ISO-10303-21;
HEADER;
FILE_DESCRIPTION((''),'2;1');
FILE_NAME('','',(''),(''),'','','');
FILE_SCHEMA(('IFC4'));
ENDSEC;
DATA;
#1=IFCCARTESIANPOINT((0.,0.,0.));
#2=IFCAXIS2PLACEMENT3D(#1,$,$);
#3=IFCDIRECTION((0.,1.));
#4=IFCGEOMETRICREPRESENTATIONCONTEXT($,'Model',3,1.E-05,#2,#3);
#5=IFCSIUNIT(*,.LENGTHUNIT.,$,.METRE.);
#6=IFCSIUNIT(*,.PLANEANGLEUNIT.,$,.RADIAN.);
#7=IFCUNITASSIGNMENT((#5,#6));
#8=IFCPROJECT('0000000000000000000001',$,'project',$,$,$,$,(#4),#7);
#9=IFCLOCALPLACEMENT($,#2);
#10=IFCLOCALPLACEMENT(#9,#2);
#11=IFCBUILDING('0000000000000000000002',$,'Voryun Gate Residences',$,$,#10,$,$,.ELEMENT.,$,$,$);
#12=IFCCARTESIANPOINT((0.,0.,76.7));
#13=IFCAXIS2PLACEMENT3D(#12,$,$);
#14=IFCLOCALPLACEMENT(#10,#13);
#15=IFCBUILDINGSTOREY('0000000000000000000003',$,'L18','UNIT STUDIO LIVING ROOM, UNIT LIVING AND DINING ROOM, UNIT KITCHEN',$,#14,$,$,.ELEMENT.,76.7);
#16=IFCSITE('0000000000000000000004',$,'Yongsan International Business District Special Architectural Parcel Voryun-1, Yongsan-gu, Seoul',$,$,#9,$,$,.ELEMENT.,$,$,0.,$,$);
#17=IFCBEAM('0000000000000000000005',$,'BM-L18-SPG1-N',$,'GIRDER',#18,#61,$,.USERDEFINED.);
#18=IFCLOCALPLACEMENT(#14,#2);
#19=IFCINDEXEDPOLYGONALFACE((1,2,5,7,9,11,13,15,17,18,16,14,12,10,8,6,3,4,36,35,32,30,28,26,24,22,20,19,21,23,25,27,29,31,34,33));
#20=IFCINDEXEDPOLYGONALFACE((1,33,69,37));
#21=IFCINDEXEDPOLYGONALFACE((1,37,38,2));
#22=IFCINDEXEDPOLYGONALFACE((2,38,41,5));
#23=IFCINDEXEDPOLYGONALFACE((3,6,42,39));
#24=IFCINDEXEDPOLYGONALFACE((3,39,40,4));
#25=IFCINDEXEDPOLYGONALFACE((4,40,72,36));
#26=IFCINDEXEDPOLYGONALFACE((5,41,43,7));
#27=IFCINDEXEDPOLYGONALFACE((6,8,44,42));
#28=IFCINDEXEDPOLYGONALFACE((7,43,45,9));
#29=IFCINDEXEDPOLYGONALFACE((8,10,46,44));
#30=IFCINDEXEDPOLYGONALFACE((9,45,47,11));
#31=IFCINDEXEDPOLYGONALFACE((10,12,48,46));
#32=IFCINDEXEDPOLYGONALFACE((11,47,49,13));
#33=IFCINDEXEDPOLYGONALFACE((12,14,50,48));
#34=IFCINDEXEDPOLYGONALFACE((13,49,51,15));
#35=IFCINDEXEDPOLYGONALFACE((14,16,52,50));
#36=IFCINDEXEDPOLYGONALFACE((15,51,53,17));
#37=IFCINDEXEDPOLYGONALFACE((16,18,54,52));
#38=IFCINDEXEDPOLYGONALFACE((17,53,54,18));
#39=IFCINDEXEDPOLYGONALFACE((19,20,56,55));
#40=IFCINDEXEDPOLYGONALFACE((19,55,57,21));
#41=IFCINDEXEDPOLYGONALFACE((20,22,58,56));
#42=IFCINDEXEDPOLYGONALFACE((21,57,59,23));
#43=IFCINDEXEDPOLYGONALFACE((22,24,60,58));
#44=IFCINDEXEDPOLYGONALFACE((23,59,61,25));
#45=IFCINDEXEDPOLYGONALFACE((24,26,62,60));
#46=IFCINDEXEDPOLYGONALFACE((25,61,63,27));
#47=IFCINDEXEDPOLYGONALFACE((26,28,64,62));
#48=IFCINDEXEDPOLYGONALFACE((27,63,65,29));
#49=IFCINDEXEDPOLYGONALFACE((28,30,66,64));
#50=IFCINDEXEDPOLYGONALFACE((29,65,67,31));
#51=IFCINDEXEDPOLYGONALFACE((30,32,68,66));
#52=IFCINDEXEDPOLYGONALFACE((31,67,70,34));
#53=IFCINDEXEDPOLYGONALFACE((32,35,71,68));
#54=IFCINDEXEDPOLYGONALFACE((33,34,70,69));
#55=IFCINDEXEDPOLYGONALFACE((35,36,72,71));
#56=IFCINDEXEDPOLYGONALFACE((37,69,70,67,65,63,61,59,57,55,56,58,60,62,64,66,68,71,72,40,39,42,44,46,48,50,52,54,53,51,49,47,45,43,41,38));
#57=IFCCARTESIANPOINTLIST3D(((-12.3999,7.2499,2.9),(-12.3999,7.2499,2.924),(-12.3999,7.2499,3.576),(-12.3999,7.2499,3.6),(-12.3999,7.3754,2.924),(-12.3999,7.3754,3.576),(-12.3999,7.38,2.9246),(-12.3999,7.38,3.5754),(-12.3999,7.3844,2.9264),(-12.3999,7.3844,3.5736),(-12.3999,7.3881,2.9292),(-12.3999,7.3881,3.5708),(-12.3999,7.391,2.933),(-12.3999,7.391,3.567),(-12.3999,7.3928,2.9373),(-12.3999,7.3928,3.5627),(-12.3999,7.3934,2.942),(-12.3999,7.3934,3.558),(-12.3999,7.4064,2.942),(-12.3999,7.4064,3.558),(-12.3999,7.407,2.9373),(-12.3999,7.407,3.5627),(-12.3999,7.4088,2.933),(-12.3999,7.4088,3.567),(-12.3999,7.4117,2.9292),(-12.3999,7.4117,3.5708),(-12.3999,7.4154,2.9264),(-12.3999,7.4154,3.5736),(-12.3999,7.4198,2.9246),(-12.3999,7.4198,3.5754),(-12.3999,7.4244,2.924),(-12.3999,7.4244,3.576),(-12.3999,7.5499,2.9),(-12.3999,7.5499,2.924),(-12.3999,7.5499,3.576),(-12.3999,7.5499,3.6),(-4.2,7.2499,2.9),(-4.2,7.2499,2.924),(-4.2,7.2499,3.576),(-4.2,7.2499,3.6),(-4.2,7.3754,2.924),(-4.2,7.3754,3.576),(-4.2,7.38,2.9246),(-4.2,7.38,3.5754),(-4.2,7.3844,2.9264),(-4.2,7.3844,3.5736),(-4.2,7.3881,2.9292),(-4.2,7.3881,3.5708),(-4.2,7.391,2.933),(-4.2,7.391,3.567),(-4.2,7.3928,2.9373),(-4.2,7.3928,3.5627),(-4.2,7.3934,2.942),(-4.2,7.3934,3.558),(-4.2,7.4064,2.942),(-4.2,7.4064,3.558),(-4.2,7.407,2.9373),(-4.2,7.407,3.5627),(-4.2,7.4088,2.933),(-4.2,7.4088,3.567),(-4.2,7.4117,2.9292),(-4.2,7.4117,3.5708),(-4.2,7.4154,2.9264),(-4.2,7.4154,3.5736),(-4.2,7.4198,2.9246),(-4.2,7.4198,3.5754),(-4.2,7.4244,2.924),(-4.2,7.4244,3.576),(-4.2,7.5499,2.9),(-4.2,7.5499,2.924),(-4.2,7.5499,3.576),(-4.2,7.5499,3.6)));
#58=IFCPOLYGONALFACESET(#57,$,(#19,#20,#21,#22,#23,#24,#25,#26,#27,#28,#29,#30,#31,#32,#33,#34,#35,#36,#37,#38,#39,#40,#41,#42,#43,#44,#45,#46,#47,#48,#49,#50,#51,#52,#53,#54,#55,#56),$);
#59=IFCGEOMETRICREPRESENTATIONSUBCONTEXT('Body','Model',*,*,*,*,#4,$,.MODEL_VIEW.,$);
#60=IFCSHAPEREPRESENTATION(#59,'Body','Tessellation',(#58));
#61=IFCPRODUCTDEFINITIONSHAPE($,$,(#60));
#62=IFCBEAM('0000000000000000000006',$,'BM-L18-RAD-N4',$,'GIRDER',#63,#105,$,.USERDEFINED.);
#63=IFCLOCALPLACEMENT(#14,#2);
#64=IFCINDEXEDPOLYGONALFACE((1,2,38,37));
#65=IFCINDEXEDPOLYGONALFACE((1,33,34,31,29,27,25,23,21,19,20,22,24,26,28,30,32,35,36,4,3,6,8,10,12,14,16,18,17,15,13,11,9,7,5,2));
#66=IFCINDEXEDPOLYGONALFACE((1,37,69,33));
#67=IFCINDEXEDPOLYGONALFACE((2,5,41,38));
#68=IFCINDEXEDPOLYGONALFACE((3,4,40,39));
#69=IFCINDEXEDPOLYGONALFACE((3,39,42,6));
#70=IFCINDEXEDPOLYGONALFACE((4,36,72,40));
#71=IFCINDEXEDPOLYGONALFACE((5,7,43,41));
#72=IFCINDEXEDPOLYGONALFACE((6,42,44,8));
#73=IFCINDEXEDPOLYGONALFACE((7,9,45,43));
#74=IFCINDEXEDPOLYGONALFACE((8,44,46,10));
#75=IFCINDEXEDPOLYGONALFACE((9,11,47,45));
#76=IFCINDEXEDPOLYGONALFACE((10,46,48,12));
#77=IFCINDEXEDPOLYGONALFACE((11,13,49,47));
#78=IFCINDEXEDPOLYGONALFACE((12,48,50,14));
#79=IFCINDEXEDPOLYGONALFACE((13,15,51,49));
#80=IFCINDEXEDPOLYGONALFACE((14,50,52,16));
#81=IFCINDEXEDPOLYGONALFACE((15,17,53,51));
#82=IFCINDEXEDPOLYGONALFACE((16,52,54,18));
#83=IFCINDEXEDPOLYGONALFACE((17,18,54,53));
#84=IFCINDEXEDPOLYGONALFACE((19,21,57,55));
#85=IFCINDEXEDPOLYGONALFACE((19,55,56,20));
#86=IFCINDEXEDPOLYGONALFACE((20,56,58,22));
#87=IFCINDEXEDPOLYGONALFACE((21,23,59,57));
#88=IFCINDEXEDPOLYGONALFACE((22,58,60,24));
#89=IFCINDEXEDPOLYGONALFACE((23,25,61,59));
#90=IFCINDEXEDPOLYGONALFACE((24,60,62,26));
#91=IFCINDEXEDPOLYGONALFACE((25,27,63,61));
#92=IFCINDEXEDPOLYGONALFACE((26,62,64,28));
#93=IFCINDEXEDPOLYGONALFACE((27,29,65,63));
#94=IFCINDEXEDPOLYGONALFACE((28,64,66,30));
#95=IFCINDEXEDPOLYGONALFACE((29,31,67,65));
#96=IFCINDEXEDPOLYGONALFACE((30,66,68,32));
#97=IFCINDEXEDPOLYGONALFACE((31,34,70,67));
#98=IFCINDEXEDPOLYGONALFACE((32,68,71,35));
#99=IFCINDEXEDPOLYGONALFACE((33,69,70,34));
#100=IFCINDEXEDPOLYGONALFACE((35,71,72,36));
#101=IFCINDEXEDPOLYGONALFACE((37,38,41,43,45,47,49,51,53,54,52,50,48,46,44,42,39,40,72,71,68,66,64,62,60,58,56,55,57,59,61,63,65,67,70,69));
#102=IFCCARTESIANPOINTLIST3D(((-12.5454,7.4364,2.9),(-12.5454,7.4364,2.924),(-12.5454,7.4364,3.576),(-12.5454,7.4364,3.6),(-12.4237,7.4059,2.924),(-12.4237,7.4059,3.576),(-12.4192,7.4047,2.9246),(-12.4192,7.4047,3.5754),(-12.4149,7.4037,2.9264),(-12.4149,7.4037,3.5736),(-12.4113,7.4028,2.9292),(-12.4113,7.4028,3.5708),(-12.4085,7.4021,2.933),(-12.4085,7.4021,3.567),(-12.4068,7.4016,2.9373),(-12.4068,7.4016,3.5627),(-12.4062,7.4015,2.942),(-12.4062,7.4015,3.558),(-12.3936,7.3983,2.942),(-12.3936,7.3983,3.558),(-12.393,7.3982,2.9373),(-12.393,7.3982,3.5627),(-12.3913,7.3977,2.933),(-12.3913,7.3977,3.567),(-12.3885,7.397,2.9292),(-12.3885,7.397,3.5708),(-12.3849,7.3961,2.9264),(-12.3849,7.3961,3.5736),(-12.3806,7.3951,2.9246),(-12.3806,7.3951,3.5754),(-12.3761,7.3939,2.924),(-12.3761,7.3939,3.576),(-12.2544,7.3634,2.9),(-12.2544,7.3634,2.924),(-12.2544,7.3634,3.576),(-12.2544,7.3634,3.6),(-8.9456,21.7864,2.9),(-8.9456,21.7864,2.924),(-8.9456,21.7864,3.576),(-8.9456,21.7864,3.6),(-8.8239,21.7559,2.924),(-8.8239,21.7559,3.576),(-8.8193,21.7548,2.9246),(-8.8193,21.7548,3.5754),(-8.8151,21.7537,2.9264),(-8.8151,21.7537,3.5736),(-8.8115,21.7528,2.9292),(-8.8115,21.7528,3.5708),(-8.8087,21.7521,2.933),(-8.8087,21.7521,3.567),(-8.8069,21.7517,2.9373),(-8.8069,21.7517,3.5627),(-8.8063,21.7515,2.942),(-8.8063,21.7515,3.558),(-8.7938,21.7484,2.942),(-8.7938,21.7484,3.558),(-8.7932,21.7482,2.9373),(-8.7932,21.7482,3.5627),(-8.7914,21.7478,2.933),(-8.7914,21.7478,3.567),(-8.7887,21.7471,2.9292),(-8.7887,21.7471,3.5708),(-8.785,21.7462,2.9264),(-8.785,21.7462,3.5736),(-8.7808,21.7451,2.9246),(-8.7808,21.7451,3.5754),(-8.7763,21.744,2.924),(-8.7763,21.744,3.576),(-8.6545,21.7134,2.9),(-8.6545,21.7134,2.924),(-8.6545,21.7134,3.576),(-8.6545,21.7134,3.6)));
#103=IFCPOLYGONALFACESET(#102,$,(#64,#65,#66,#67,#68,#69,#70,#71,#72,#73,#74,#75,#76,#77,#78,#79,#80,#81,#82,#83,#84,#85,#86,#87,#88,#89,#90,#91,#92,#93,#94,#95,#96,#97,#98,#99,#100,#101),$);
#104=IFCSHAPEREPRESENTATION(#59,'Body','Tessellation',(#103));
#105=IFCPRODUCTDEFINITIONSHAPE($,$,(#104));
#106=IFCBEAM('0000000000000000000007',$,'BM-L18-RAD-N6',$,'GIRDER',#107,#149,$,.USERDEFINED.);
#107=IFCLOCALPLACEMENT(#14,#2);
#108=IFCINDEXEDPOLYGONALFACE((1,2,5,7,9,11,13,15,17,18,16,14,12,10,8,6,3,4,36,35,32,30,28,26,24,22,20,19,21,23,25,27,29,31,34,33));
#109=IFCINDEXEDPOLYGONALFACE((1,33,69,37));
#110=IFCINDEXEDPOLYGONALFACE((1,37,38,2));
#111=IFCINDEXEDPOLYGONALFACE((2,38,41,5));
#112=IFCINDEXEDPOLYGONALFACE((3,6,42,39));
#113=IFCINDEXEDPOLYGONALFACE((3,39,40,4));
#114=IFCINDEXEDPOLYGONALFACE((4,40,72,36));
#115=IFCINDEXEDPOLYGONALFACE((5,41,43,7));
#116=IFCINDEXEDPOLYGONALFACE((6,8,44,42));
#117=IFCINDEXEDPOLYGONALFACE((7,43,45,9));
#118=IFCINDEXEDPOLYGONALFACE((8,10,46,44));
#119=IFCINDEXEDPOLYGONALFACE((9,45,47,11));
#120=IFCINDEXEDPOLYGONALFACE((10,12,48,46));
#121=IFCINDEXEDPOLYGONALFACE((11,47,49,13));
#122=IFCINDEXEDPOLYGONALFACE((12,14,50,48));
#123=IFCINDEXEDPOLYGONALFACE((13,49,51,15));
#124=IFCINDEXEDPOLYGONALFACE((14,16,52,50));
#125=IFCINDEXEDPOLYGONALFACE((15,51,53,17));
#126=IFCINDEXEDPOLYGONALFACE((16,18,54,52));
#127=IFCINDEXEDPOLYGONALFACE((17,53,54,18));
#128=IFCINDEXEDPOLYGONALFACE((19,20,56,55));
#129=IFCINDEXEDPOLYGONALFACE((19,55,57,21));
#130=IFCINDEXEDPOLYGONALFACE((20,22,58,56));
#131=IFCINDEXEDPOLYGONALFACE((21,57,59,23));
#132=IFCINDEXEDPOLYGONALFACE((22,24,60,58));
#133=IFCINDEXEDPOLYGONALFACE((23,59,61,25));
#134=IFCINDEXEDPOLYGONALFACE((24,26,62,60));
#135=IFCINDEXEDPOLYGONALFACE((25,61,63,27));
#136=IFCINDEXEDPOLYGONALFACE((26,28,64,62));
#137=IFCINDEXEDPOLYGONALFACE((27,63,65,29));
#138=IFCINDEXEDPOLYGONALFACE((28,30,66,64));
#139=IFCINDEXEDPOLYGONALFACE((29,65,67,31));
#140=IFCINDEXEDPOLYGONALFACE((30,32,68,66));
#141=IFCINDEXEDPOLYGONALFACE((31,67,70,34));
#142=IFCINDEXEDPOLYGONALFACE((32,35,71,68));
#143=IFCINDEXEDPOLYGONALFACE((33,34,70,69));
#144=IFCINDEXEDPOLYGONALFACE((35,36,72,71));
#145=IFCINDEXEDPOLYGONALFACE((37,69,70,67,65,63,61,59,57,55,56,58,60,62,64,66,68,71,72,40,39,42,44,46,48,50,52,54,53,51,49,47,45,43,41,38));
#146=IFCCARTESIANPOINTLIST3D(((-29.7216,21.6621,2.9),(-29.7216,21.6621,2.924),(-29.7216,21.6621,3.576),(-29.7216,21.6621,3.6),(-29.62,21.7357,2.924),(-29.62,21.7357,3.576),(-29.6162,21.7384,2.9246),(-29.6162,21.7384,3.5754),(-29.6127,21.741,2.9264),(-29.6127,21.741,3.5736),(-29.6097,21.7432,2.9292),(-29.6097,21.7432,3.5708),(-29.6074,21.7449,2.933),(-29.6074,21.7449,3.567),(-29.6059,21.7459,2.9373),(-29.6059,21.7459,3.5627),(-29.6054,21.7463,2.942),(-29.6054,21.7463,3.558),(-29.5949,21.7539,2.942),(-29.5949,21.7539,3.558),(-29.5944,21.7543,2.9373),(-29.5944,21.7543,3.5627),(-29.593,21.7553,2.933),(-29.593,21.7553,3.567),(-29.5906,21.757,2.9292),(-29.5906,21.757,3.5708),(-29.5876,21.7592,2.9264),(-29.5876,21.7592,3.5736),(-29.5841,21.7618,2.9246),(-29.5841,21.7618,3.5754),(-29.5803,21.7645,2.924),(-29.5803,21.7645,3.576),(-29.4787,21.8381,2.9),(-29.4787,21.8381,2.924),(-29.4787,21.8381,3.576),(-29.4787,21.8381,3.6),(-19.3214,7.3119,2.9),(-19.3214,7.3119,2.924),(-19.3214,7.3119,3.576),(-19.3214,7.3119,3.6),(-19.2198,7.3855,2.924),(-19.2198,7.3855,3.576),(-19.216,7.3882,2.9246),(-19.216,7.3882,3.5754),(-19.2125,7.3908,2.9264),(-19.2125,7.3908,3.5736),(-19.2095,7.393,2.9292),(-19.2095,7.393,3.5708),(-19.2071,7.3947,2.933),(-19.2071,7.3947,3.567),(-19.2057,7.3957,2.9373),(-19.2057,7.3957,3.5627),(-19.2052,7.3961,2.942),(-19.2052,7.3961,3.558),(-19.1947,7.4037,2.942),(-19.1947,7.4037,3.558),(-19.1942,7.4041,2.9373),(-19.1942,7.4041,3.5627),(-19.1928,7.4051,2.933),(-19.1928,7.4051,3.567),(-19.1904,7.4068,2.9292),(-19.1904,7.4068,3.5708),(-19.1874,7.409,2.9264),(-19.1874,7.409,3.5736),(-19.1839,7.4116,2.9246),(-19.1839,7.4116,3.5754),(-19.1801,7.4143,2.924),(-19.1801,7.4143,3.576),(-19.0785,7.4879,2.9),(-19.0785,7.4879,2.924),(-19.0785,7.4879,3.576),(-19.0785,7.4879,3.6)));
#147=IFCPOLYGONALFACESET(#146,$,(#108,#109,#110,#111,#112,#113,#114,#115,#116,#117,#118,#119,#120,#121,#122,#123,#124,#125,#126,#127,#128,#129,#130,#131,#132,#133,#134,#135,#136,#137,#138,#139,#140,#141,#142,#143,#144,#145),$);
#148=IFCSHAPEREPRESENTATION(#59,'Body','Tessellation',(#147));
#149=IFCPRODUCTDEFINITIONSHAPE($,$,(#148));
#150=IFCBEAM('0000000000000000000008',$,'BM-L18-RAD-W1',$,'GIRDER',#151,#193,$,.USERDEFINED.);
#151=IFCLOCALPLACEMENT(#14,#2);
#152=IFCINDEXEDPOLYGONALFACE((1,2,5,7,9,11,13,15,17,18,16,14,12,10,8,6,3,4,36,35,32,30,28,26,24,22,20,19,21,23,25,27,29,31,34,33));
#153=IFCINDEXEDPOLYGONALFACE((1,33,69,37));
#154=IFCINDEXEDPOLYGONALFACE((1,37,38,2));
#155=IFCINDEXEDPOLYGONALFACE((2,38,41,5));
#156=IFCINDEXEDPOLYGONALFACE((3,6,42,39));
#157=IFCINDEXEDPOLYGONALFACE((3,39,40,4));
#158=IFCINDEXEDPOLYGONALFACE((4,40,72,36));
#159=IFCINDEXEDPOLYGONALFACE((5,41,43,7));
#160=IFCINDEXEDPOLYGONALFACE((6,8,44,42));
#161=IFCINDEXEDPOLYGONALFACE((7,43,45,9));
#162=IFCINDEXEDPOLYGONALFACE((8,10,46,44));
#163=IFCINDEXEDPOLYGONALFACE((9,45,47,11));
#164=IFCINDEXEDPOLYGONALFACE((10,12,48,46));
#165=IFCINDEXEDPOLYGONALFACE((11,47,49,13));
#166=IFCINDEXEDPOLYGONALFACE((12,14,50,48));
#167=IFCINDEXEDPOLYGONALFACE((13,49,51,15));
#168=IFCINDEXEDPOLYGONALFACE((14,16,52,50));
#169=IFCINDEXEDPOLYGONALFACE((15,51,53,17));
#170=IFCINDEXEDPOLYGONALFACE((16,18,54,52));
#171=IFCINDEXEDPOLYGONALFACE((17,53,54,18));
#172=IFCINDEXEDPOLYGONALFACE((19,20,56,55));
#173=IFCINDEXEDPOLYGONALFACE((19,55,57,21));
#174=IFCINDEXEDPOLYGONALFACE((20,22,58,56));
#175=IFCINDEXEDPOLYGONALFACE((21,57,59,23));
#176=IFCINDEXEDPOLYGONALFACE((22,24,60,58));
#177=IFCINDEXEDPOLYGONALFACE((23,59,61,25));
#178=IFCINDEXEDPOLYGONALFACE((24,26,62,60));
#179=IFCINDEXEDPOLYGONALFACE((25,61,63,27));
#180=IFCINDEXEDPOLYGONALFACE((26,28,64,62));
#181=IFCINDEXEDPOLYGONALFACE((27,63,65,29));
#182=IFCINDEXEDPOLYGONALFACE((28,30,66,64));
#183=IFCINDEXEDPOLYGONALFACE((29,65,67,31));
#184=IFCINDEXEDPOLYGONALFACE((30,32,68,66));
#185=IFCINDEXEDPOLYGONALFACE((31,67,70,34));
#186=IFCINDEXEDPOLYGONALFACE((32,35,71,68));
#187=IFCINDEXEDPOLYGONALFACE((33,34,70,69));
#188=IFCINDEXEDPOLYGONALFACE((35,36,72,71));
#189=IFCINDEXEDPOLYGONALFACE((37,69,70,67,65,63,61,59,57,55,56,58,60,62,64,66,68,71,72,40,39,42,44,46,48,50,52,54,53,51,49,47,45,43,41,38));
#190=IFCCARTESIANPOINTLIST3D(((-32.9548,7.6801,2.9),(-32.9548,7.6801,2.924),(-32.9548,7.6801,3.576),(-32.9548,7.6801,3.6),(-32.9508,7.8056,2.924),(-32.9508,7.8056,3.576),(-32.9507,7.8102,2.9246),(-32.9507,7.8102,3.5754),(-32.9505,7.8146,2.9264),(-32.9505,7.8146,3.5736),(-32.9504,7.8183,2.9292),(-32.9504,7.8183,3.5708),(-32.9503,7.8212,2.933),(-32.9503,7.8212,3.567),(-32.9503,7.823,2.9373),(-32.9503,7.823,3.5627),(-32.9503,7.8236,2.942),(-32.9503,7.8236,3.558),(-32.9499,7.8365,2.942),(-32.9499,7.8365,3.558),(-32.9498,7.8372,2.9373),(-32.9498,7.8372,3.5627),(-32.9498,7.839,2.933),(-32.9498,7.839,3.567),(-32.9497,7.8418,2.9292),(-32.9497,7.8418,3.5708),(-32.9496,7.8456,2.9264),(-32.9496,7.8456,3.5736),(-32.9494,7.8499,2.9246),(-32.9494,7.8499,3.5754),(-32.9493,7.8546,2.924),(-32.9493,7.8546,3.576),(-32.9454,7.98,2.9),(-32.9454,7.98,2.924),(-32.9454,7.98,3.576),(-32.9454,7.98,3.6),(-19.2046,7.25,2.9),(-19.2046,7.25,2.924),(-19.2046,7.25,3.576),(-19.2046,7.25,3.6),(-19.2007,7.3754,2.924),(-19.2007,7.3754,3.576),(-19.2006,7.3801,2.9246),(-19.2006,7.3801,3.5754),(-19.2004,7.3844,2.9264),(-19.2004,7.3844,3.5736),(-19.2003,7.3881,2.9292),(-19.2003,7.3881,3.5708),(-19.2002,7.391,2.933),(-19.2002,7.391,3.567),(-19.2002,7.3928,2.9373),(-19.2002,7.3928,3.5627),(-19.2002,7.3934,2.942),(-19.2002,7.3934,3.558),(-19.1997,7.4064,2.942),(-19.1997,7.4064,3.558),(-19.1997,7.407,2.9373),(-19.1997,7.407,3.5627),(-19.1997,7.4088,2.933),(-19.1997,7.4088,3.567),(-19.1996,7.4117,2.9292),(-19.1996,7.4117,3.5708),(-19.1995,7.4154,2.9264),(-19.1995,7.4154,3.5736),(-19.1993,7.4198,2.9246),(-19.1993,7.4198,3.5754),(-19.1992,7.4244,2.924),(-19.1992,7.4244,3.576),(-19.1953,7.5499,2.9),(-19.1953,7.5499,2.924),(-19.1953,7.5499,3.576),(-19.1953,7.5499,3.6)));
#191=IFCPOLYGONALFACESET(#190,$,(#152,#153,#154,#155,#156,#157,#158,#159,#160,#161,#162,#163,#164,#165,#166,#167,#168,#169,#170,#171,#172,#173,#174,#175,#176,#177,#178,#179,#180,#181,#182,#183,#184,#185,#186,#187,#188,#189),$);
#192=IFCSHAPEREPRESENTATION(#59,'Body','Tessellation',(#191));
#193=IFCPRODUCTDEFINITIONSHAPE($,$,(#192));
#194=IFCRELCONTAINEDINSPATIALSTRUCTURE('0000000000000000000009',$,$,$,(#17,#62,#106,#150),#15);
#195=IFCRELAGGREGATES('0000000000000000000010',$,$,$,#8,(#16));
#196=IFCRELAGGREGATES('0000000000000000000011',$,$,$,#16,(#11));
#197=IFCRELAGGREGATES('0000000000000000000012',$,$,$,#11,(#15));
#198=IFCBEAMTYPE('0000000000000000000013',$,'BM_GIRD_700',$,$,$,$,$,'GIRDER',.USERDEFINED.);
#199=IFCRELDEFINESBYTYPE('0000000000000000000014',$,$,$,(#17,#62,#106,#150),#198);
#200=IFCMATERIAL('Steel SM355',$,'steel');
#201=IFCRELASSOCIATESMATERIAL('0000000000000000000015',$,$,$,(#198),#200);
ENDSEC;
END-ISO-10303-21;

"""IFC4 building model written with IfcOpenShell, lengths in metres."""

from ifc_helpers import new_model, si_unit, direction, frame, origin, origin_2d, place, context, subcontext, project, spatial, i_section, extrude, material, material_profile, profile_set, type_object, element, save


model = new_model("IFC4")

# Units and contexts
model_context = context("Model", 3, precision=1e-05, world=origin(), true_north=direction((0.0, 1.0)))
body_context = subcontext(model_context, "Body", "Model", "MODEL_VIEW")
ifc_project = project(units=[si_unit("LENGTHUNIT", "METRE"), si_unit("PLANEANGLEUNIT", "RADIAN")], contexts=[model_context])

# Site, building, storey
site_placement = place(None, origin())
site = spatial("IfcSite", under=ifc_project, at=site_placement, Name="Yongsan International Business District Special Architectural Parcel Voryun-1, Yongsan-gu, Seoul", CompositionType="ELEMENT", RefElevation=0.0)
building_placement = place(site_placement, origin())
building = spatial("IfcBuilding", under=site, at=building_placement, Name="Voryun Gate Residences", CompositionType="ELEMENT")
storey_placement = place(building_placement, frame((0.0, 0.0, 76.7)))
storey = spatial("IfcBuildingStorey", under=building, at=storey_placement, Name="L18", Description="UNIT STUDIO LIVING ROOM, UNIT LIVING AND DINING ROOM, UNIT KITCHEN", CompositionType="ELEMENT", Elevation=76.7)

# Beams
ifc_material_1 = material(Name="Steel SM355", Category="steel")
ifc_material_profile_1 = material_profile(ifc_material_1, i_section(OverallWidth=0.3, OverallDepth=0.7, WebThickness=0.0129, FlangeThickness=0.0239, FilletRadius=0.0181, at=origin_2d()), Name="H-700x300x13x24")
ifc_profile_set_1 = profile_set([ifc_material_profile_1], Name="Steel SM355")
beam_type_1 = type_object("IfcBeamType", Name="BM_GIRD_700", ElementType="GIRDER", PredefinedType="USERDEFINED", material=ifc_profile_set_1)
beam_1_placement = place(storey_placement, frame((-12.3999, 7.3999, 3.25), z_axis=(1.0, 0.0, 0.0), x_axis=(0.0, 1.0, 0.0)))
element("IfcBeam", 1, at=beam_1_placement, inside=storey, type_object=beam_type_1, Name="BM-L18-SPG1-N", ObjectType="GIRDER", PredefinedType="USERDEFINED", context=body_context, shape_type="SweptSolid", body=[
    extrude(i_section(OverallWidth=0.3, OverallDepth=0.7, WebThickness=0.0129, FlangeThickness=0.0239, FilletRadius=0.0181, at=origin_2d()), origin(), (0.0, 0.0, 1.0), 8.2),
])
beam_2_placement = place(storey_placement, frame((-12.3999, 7.3999, 3.25), z_axis=(0.24332, 0.969946, 0.0), x_axis=(-0.969946, 0.24332, 0.0)))
element("IfcBeam", 2, at=beam_2_placement, inside=storey, type_object=beam_type_1, Name="BM-L18-RAD-N4", ObjectType="GIRDER", PredefinedType="USERDEFINED", context=body_context, shape_type="SweptSolid", body=[
    extrude(i_section(OverallWidth=0.3, OverallDepth=0.7, WebThickness=0.0129, FlangeThickness=0.0239, FilletRadius=0.0181, at=origin_2d()), origin(), (0.0, 0.0, 1.0), 14.7947),
])
beam_3_placement = place(storey_placement, frame((-19.2, 7.3999, 3.25), z_axis=(-0.586832, 0.809709, 0.0), x_axis=(-0.809709, -0.586832, 0.0)))
element("IfcBeam", 3, at=beam_3_placement, inside=storey, type_object=beam_type_1, Name="BM-L18-RAD-N6", ObjectType="GIRDER", PredefinedType="USERDEFINED", context=body_context, shape_type="SweptSolid", body=[
    extrude(i_section(OverallWidth=0.3, OverallDepth=0.7, WebThickness=0.0129, FlangeThickness=0.0239, FilletRadius=0.0181, at=origin_2d()), origin(), (0.0, 0.0, 1.0), 17.7227),
])
beam_4_placement = place(storey_placement, frame((-19.2, 7.3999, 3.25), z_axis=(-0.999511, 0.03127, 0.0), x_axis=(-0.03127, -0.999511, 0.0)))
element("IfcBeam", 4, at=beam_4_placement, inside=storey, type_object=beam_type_1, Name="BM-L18-RAD-W1", ObjectType="GIRDER", PredefinedType="USERDEFINED", context=body_context, shape_type="SweptSolid", body=[
    extrude(i_section(OverallWidth=0.3, OverallDepth=0.7, WebThickness=0.0129, FlangeThickness=0.0239, FilletRadius=0.0181, at=origin_2d()), origin(), (0.0, 0.0, 1.0), 13.7568),
])

save(model, "model.ifc")
